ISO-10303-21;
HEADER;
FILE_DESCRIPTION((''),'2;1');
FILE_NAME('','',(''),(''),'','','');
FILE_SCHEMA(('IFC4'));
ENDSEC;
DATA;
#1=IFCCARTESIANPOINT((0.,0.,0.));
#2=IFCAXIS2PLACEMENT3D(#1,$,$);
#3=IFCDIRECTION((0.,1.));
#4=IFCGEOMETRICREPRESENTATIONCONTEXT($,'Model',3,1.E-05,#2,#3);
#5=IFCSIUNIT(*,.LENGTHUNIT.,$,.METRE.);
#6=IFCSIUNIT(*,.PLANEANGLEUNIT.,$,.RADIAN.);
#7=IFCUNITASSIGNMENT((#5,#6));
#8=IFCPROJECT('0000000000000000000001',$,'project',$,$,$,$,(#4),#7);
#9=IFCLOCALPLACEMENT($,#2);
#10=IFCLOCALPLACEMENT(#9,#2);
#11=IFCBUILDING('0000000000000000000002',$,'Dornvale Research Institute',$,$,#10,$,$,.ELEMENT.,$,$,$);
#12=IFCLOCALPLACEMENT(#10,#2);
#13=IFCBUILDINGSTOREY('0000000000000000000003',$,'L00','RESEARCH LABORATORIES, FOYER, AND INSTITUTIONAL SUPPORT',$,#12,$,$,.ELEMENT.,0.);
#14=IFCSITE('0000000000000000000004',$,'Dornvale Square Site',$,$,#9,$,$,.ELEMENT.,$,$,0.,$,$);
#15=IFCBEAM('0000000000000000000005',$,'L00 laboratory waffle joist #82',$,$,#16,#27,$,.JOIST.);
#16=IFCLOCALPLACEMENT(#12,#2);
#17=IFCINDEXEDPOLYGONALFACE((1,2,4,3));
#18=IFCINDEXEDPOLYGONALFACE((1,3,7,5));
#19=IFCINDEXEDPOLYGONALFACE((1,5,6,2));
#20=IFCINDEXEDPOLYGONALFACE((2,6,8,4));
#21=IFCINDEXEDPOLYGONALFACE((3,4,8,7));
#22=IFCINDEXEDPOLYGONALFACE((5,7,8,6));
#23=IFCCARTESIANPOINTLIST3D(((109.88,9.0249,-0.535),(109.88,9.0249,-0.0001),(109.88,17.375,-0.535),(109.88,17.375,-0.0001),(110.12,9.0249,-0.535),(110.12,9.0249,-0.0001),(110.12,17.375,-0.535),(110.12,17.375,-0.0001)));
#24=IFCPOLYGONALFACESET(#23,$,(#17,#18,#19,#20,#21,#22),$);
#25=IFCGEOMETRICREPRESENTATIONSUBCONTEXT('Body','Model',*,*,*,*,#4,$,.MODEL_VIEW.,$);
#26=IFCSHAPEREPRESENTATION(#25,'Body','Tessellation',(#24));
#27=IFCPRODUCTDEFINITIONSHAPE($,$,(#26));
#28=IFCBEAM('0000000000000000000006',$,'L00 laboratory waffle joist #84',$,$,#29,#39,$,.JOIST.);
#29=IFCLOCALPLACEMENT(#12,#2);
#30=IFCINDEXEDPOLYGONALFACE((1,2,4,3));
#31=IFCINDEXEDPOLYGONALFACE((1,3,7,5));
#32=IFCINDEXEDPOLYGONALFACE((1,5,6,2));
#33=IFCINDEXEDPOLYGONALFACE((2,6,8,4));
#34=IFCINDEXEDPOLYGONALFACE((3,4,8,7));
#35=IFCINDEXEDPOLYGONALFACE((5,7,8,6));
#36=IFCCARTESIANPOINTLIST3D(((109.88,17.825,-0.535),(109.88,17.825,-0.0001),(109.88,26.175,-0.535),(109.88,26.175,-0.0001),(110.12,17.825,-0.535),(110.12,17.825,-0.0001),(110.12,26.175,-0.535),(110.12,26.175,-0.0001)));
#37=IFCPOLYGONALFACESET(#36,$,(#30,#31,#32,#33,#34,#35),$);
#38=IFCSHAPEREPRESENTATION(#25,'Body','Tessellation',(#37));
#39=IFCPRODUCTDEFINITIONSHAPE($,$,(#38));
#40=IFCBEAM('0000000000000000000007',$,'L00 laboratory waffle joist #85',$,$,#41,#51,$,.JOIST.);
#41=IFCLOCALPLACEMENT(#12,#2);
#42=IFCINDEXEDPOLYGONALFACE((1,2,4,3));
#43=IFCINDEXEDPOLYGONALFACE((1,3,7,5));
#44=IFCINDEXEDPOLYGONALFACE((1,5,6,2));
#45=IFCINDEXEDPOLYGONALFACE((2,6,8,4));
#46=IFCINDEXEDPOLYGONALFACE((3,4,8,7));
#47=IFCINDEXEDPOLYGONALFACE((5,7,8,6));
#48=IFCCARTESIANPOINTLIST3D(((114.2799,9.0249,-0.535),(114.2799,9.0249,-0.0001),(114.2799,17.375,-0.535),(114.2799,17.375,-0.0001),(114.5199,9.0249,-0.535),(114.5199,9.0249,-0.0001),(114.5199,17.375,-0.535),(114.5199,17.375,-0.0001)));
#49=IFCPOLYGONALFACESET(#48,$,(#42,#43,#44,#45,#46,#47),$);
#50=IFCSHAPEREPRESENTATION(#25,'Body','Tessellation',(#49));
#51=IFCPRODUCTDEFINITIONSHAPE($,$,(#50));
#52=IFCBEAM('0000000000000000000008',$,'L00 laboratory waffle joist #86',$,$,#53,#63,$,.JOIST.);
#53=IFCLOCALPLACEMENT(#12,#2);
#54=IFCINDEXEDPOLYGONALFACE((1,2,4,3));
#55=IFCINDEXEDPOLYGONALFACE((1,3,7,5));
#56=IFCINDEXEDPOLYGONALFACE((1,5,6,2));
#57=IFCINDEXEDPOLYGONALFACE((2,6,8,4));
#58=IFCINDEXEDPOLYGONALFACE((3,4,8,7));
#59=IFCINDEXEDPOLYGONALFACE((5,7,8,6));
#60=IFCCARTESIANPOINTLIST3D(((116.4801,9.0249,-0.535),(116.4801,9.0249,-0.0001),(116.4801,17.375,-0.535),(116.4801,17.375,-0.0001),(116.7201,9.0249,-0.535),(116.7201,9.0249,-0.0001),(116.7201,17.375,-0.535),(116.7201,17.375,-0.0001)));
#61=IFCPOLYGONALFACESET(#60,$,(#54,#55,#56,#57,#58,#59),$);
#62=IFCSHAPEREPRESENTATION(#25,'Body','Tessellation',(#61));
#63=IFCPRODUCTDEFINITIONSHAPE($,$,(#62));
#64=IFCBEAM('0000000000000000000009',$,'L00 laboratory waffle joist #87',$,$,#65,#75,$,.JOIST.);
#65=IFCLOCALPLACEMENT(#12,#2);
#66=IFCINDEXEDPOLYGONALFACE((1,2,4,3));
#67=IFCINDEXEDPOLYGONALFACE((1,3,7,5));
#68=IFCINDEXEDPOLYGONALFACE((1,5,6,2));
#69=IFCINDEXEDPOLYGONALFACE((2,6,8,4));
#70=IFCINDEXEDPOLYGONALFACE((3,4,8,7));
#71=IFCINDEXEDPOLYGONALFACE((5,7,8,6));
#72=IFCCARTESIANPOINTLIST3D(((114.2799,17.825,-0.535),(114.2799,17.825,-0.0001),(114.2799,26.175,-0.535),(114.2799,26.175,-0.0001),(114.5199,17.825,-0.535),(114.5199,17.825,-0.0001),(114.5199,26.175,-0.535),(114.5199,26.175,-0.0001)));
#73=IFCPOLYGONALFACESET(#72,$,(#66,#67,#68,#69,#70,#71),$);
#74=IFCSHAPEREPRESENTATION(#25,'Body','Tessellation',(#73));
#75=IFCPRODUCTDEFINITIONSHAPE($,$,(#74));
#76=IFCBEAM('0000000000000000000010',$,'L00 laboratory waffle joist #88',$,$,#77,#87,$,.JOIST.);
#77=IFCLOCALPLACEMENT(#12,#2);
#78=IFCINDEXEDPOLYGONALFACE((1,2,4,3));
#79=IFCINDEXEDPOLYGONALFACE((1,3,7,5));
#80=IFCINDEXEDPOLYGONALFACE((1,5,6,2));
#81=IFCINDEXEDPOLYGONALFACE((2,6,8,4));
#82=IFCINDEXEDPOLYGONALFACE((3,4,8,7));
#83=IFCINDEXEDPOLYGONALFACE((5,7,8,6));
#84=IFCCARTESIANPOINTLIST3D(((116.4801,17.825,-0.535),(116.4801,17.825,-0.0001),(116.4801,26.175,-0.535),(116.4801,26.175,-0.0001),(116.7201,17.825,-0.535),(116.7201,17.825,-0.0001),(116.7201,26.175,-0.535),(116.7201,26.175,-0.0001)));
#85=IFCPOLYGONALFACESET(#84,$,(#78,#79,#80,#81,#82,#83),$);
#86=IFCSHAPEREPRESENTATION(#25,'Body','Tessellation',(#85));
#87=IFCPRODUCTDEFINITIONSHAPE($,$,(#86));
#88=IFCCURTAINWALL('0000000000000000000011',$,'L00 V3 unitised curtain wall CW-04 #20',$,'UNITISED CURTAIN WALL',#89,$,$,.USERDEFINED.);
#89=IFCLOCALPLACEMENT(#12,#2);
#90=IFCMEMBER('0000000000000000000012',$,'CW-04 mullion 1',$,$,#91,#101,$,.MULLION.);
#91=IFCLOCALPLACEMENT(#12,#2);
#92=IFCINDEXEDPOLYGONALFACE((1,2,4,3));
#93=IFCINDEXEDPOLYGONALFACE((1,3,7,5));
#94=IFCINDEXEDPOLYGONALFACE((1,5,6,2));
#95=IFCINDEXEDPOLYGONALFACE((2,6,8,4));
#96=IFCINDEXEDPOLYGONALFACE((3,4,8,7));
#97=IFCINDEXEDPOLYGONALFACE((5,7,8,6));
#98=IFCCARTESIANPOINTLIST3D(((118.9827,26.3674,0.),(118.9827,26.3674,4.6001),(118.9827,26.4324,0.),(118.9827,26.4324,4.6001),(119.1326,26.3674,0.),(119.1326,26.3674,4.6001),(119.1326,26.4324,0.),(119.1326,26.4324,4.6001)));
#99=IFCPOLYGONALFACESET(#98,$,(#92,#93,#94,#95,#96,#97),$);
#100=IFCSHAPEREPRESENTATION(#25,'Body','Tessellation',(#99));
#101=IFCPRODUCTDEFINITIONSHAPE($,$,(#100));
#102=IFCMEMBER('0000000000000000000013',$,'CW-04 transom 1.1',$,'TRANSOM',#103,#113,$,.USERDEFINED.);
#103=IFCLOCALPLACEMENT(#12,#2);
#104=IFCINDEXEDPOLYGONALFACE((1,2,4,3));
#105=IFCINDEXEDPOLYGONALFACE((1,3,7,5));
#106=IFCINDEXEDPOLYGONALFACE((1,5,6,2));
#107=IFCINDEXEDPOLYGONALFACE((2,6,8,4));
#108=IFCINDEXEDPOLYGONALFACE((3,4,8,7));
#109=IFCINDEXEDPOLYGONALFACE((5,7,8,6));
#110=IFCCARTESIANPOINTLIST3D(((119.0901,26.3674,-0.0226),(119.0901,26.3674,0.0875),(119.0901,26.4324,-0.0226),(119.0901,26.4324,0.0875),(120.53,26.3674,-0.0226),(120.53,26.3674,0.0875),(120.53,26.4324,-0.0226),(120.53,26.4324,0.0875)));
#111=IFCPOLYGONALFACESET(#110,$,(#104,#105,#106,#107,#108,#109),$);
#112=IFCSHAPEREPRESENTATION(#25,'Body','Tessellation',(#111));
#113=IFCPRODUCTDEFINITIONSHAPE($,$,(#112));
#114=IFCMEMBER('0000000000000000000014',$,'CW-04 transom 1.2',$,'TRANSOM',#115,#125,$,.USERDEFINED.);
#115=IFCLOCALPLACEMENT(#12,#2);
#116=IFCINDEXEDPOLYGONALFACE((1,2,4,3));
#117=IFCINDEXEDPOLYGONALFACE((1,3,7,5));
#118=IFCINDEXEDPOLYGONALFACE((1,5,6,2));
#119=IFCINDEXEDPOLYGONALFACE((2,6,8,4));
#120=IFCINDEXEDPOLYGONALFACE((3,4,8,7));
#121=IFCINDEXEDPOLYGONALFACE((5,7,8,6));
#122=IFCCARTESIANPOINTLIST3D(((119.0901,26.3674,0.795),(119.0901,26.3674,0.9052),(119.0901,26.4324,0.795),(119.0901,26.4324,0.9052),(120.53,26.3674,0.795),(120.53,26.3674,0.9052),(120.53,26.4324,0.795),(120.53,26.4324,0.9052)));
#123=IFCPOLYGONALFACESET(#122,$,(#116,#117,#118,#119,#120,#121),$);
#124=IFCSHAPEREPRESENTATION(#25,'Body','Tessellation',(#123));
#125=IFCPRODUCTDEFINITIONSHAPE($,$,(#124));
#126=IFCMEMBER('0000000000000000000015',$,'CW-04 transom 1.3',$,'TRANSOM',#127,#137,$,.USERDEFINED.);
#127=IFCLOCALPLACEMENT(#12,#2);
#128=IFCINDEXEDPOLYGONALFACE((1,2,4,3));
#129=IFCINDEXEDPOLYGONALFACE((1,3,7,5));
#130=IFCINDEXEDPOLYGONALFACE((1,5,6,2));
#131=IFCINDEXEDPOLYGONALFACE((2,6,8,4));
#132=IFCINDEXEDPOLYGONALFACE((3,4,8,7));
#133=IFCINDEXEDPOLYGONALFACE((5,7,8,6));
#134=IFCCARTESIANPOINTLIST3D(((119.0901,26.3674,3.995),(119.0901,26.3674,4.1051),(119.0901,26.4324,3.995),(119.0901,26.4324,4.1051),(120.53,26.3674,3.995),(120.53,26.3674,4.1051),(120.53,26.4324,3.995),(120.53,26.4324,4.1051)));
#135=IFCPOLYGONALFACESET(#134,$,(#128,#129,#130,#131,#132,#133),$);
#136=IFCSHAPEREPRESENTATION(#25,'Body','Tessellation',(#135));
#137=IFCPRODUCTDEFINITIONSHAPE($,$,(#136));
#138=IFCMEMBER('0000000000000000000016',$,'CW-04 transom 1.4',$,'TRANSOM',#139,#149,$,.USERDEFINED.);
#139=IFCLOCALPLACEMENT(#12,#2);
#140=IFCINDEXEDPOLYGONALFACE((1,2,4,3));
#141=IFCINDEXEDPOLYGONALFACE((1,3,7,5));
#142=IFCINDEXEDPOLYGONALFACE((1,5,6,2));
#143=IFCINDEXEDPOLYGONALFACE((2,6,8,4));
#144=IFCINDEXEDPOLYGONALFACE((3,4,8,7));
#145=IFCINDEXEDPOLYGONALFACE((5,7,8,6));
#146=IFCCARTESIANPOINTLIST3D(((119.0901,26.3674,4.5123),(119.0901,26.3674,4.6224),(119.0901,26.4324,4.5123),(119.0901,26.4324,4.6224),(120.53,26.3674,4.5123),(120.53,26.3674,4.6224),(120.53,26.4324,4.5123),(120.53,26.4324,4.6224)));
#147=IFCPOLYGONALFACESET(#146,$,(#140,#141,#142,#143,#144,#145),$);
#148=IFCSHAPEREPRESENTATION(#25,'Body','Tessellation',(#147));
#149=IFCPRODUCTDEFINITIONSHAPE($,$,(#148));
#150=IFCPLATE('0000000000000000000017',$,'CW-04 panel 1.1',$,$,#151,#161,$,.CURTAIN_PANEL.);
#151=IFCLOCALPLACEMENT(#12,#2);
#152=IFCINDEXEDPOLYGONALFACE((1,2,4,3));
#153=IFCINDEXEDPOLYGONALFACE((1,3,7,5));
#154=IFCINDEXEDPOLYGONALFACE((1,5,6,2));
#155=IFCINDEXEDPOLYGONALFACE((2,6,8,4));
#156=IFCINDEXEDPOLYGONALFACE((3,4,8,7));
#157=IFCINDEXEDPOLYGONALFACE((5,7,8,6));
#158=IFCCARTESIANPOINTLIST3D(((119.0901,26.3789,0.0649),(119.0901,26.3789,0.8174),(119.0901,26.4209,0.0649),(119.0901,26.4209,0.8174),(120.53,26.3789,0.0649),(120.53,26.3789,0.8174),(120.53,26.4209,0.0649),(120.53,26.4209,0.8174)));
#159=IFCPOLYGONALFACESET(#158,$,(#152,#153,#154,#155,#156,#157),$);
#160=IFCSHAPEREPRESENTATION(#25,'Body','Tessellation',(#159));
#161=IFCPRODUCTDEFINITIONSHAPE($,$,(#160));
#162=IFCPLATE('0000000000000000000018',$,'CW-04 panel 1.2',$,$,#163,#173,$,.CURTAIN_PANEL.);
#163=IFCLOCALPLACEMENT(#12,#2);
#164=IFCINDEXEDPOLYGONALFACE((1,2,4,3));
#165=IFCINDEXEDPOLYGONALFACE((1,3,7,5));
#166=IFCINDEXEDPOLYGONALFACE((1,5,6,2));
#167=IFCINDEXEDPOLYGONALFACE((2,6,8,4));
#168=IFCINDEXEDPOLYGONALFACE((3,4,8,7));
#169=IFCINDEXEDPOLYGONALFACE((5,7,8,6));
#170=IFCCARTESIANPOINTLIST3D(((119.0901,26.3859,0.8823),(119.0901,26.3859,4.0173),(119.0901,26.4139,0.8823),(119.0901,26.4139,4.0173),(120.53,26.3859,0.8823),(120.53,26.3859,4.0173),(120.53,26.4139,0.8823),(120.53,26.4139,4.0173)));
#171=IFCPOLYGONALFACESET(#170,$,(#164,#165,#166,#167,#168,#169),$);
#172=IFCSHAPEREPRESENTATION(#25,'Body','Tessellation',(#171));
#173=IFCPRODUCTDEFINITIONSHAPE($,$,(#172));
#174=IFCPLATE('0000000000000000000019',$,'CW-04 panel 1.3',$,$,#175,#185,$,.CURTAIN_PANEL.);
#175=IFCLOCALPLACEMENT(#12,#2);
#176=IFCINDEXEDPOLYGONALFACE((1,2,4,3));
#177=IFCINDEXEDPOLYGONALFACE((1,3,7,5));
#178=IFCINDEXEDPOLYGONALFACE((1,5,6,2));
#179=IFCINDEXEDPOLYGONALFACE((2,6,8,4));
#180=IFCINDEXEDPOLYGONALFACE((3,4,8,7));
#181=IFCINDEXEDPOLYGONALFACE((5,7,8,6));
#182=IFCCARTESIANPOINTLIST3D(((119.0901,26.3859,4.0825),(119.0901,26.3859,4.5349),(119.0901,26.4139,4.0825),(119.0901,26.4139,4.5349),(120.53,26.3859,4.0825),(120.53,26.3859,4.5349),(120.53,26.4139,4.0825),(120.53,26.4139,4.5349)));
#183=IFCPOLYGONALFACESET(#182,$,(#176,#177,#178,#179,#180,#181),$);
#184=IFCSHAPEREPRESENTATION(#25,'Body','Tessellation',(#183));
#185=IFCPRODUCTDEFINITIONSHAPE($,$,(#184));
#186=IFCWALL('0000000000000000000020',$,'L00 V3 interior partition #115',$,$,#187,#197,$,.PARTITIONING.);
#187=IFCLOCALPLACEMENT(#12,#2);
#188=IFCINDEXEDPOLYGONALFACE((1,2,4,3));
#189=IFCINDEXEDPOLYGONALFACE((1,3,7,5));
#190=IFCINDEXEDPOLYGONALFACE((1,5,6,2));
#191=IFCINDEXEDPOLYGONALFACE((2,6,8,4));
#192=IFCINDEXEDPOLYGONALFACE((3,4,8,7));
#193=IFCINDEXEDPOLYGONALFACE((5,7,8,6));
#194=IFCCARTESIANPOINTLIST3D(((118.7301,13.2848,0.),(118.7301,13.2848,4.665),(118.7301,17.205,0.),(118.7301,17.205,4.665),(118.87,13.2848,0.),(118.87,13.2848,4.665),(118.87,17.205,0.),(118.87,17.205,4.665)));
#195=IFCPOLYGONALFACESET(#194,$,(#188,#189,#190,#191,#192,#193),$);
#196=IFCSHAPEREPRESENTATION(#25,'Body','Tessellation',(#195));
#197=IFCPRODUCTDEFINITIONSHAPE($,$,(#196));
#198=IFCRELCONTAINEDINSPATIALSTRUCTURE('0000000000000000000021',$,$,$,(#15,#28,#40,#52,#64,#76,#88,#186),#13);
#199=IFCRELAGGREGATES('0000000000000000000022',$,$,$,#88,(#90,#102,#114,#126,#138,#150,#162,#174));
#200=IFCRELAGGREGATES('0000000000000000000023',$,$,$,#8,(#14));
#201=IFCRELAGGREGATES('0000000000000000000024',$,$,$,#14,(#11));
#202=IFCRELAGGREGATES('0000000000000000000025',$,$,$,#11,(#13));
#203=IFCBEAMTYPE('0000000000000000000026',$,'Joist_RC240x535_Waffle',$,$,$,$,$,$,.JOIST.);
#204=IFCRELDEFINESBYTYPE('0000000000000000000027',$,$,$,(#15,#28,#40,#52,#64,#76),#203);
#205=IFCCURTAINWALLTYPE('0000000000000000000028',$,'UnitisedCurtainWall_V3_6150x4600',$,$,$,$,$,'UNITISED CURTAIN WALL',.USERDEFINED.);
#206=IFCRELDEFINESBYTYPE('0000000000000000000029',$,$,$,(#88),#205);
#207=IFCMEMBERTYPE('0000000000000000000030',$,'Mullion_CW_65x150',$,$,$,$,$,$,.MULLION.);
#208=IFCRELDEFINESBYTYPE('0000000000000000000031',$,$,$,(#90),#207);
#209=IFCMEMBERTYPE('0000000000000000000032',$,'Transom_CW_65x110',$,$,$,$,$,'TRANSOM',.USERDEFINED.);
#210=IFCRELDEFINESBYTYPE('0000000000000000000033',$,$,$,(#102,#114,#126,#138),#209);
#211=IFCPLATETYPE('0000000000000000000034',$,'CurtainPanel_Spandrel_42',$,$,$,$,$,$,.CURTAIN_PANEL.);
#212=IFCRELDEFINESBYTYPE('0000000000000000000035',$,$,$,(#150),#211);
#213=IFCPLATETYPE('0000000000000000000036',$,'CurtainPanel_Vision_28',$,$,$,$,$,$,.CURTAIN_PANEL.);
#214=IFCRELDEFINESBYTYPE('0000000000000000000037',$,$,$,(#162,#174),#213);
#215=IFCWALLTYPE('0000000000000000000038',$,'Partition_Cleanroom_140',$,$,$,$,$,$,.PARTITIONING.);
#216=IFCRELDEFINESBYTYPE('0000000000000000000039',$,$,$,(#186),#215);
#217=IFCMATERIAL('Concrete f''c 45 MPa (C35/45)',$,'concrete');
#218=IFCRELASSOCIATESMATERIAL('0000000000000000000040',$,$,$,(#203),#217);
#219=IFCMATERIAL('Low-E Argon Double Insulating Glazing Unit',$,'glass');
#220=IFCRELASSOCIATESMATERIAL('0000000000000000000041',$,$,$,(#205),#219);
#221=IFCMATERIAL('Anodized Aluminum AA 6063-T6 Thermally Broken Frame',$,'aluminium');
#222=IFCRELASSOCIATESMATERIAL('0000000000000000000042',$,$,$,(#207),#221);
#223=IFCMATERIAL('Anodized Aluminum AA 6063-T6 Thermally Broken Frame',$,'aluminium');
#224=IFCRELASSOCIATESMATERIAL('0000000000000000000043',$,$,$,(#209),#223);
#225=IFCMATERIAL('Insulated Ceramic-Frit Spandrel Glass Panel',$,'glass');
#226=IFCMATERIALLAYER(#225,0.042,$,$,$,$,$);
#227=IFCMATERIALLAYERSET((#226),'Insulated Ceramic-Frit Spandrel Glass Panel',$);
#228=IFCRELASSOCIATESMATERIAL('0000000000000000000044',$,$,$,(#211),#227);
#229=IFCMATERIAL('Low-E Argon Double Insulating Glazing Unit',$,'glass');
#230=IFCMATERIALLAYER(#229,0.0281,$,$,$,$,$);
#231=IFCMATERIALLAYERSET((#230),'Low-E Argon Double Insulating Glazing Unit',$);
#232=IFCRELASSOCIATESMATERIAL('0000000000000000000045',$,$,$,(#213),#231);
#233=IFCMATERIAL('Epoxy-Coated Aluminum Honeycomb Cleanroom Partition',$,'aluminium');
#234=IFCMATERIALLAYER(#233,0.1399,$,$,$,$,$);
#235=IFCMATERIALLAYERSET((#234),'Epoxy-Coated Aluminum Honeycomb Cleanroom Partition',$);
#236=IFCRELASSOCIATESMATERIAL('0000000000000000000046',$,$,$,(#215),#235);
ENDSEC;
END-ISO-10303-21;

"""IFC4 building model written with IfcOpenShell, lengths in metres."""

from ifc_helpers import new_model, si_unit, direction, frame, frame_2d, origin, origin_2d, place, context, subcontext, project, spatial, rectangle, extrude, material, layer, layer_set, material_profile, profile_set, type_object, element, aggregate, save


model = new_model("IFC4")

# Units and contexts
model_context = context("Model", 3, precision=1e-05, world=origin(), true_north=direction((0.0, 1.0)))
body_context = subcontext(model_context, "Body", "Model", "MODEL_VIEW")
ifc_project = project(units=[si_unit("LENGTHUNIT", "METRE"), si_unit("PLANEANGLEUNIT", "RADIAN")], contexts=[model_context])

# Site, building, storey
site_placement = place(None, origin())
site = spatial("IfcSite", under=ifc_project, at=site_placement, Name="Dornvale Square Site", CompositionType="ELEMENT", RefElevation=0.0)
building_placement = place(site_placement, origin())
building = spatial("IfcBuilding", under=site, at=building_placement, Name="Dornvale Research Institute", CompositionType="ELEMENT")
storey_placement = place(building_placement, origin())
storey = spatial("IfcBuildingStorey", under=building, at=storey_placement, Name="L00", Description="RESEARCH LABORATORIES, FOYER, AND INSTITUTIONAL SUPPORT", CompositionType="ELEMENT", Elevation=0.0)

# Beams
ifc_material_1 = material(Name="Concrete f'c 45 MPa (C35/45)", Category="concrete")
ifc_material_profile_1 = material_profile(ifc_material_1, rectangle(XDim=0.24, YDim=0.5349, at=origin_2d()), Name="RC 240x535")
ifc_profile_set_1 = profile_set([ifc_material_profile_1], Name="Concrete f'c 45 MPa (C35/45)")
beam_type_1 = type_object("IfcBeamType", Name="Joist_RC240x535_Waffle", PredefinedType="JOIST", material=ifc_profile_set_1)
for number, where, z_axis, x_axis, name in (
    (1, (110.0, 9.0249, -0.2676), (0.0, 1.0, 0.0), (-1.0, 0.0, 0.0), "L00 laboratory waffle joist #82"),
    (2, (110.0, 17.825, -0.2676), (0.0, 1.0, 0.0), (-1.0, 0.0, 0.0), "L00 laboratory waffle joist #84"),
    (3, (114.3999, 9.0249, -0.2676), (0.0, 1.0, 0.0), (-1.0, 0.0, 0.0), "L00 laboratory waffle joist #85"),
    (4, (116.6001, 9.0249, -0.2676), (0.0, 1.0, 0.0), (-1.0, 0.0, 0.0), "L00 laboratory waffle joist #86"),
    (5, (114.3999, 17.825, -0.2676), (0.0, 1.0, 0.0), (-1.0, 0.0, 0.0), "L00 laboratory waffle joist #87"),
    (6, (116.6001, 17.825, -0.2676), (0.0, 1.0, 0.0), (-1.0, 0.0, 0.0), "L00 laboratory waffle joist #88"),
):
    element("IfcBeam", number, at=place(storey_placement, frame(where, z_axis=z_axis, x_axis=x_axis)), inside=storey, type_object=beam_type_1, Name=name, PredefinedType="JOIST", context=body_context, shape_type="SweptSolid", body=[
        extrude(rectangle(XDim=0.24, YDim=0.5349, at=origin_2d()), origin(), (0.0, 0.0, 1.0), 8.3501),
    ])

# Curtain wall, members, plates
ifc_material_2 = material(Name="Low-E Argon Double Insulating Glazing Unit", Category="glass")
curtain_wall_type = type_object("IfcCurtainWallType", Name="UnitisedCurtainWall_V3_6150x4600", ElementType="UNITISED CURTAIN WALL", PredefinedType="USERDEFINED", material=ifc_material_2)
curtain_wall_placement = place(storey_placement, origin())
curtain_wall = element("IfcCurtainWall", 7, at=curtain_wall_placement, inside=storey, type_object=curtain_wall_type, Name="L00 V3 unitised curtain wall CW-04 #20", ObjectType="UNITISED CURTAIN WALL", PredefinedType="USERDEFINED")
ifc_material_3 = material(Name="Anodized Aluminum AA 6063-T6 Thermally Broken Frame", Category="aluminium")
ifc_material_profile_2 = material_profile(ifc_material_3, rectangle(XDim=0.0649, YDim=0.1499, at=origin_2d()), Name="ALU MULLION 65x150")
ifc_profile_set_2 = profile_set([ifc_material_profile_2], Name="Anodized Aluminum AA 6063-T6 Thermally Broken Frame")
member_type_1 = type_object("IfcMemberType", Name="Mullion_CW_65x150", PredefinedType="MULLION", material=ifc_profile_set_2)
member_1_placement = place(storey_placement, frame((119.0576, 26.3999, 0.0), z_axis=(0.0, 0.0, 1.0), x_axis=(0.0, 1.0, 0.0)))
member_1 = element("IfcMember", 8, at=member_1_placement, type_object=member_type_1, Name="CW-04 mullion 1", PredefinedType="MULLION", context=body_context, shape_type="SweptSolid", body=[
    extrude(rectangle(XDim=0.0649, YDim=0.1499, at=origin_2d()), origin(), (0.0, 0.0, 1.0), 4.6001),
])
ifc_material_4 = material(Name="Anodized Aluminum AA 6063-T6 Thermally Broken Frame", Category="aluminium")
ifc_material_profile_3 = material_profile(ifc_material_4, rectangle(XDim=0.0649, YDim=0.1101, at=origin_2d()), Name="ALU TRANSOM 65x110")
ifc_profile_set_3 = profile_set([ifc_material_profile_3], Name="Anodized Aluminum AA 6063-T6 Thermally Broken Frame")
member_type_2 = type_object("IfcMemberType", Name="Transom_CW_65x110", ElementType="TRANSOM", PredefinedType="USERDEFINED", material=ifc_profile_set_3)
member_2_placement = place(storey_placement, frame((119.0901, 26.3999, 0.0325), z_axis=(1.0, 0.0, 0.0), x_axis=(0.0, 1.0, 0.0)))
member_2 = element("IfcMember", 9, at=member_2_placement, type_object=member_type_2, Name="CW-04 transom 1.1", ObjectType="TRANSOM", PredefinedType="USERDEFINED", context=body_context, shape_type="SweptSolid", body=[
    extrude(rectangle(XDim=0.0649, YDim=0.1101, at=origin_2d()), origin(), (0.0, 0.0, 1.0), 1.4399),
])
member_3_placement = place(storey_placement, frame((119.0901, 26.3999, 0.8501), z_axis=(1.0, 0.0, 0.0), x_axis=(0.0, 1.0, 0.0)))
member_3 = element("IfcMember", 10, at=member_3_placement, type_object=member_type_2, Name="CW-04 transom 1.2", ObjectType="TRANSOM", PredefinedType="USERDEFINED", context=body_context, shape_type="SweptSolid", body=[
    extrude(rectangle(XDim=0.0649, YDim=0.1101, at=origin_2d()), origin(), (0.0, 0.0, 1.0), 1.4399),
])
member_4_placement = place(storey_placement, frame((119.0901, 26.3999, 4.05), z_axis=(1.0, 0.0, 0.0), x_axis=(0.0, 1.0, 0.0)))
member_4 = element("IfcMember", 11, at=member_4_placement, type_object=member_type_2, Name="CW-04 transom 1.3", ObjectType="TRANSOM", PredefinedType="USERDEFINED", context=body_context, shape_type="SweptSolid", body=[
    extrude(rectangle(XDim=0.0649, YDim=0.1101, at=origin_2d()), origin(), (0.0, 0.0, 1.0), 1.4399),
])
member_5_placement = place(storey_placement, frame((119.0901, 26.3999, 4.5674), z_axis=(1.0, 0.0, 0.0), x_axis=(0.0, 1.0, 0.0)))
member_5 = element("IfcMember", 12, at=member_5_placement, type_object=member_type_2, Name="CW-04 transom 1.4", ObjectType="TRANSOM", PredefinedType="USERDEFINED", context=body_context, shape_type="SweptSolid", body=[
    extrude(rectangle(XDim=0.0649, YDim=0.1101, at=origin_2d()), origin(), (0.0, 0.0, 1.0), 1.4399),
])
ifc_material_5 = material(Name="Insulated Ceramic-Frit Spandrel Glass Panel", Category="glass")
ifc_layer_1 = layer(ifc_material_5, 0.042)
ifc_layer_set_1 = layer_set([ifc_layer_1], Name="Insulated Ceramic-Frit Spandrel Glass Panel")
plate_type_1 = type_object("IfcPlateType", Name="CurtainPanel_Spandrel_42", PredefinedType="CURTAIN_PANEL", material=ifc_layer_set_1)
plate_1_placement = place(storey_placement, frame((119.8101, 26.3999, 0.0649), z_axis=(0.0, 0.0, 1.0), x_axis=(1.0, 0.0, 0.0)))
plate_1 = element("IfcPlate", 13, at=plate_1_placement, type_object=plate_type_1, Name="CW-04 panel 1.1", PredefinedType="CURTAIN_PANEL", context=body_context, shape_type="SweptSolid", body=[
    extrude(rectangle(XDim=1.4399, YDim=0.042, at=origin_2d()), origin(), (0.0, 0.0, 1.0), 0.7524),
])
ifc_material_6 = material(Name="Low-E Argon Double Insulating Glazing Unit", Category="glass")
ifc_layer_2 = layer(ifc_material_6, 0.0281)
ifc_layer_set_2 = layer_set([ifc_layer_2], Name="Low-E Argon Double Insulating Glazing Unit")
plate_type_2 = type_object("IfcPlateType", Name="CurtainPanel_Vision_28", PredefinedType="CURTAIN_PANEL", material=ifc_layer_set_2)
plate_2_placement = place(storey_placement, frame((119.8101, 26.3999, 0.8823), z_axis=(0.0, 0.0, 1.0), x_axis=(1.0, 0.0, 0.0)))
plate_2 = element("IfcPlate", 14, at=plate_2_placement, type_object=plate_type_2, Name="CW-04 panel 1.2", PredefinedType="CURTAIN_PANEL", context=body_context, shape_type="SweptSolid", body=[
    extrude(rectangle(XDim=1.4399, YDim=0.0281, at=origin_2d()), origin(), (0.0, 0.0, 1.0), 3.135),
])
plate_3_placement = place(storey_placement, frame((119.8101, 26.3999, 4.0825), z_axis=(0.0, 0.0, 1.0), x_axis=(1.0, 0.0, 0.0)))
plate_3 = element("IfcPlate", 15, at=plate_3_placement, type_object=plate_type_2, Name="CW-04 panel 1.3", PredefinedType="CURTAIN_PANEL", context=body_context, shape_type="SweptSolid", body=[
    extrude(rectangle(XDim=1.4399, YDim=0.0281, at=origin_2d()), origin(), (0.0, 0.0, 1.0), 0.4524),
])
aggregate(curtain_wall, [member_1, member_2, member_3, member_4, member_5, plate_1, plate_2, plate_3])

# Wall
ifc_material_7 = material(Name="Epoxy-Coated Aluminum Honeycomb Cleanroom Partition", Category="aluminium")
ifc_layer_3 = layer(ifc_material_7, 0.1399)
ifc_layer_set_3 = layer_set([ifc_layer_3], Name="Epoxy-Coated Aluminum Honeycomb Cleanroom Partition")
wall_type_1 = type_object("IfcWallType", Name="Partition_Cleanroom_140", PredefinedType="PARTITIONING", material=ifc_layer_set_3)
wall_1_placement = place(storey_placement, frame((118.8, 13.2849, 0.0), z_axis=(0.0, 0.0, 1.0), x_axis=(0.0, 1.0, 0.0)))
element("IfcWall", 16, at=wall_1_placement, inside=storey, type_object=wall_type_1, Name="L00 V3 interior partition #115", PredefinedType="PARTITIONING", context=body_context, shape_type="SweptSolid", body=[
    extrude(rectangle(XDim=3.9202, YDim=0.1399, at=frame_2d((1.96, 0.0))), origin(), (0.0, 0.0, 1.0), 4.665),
])

save(model, "model.ifc")
